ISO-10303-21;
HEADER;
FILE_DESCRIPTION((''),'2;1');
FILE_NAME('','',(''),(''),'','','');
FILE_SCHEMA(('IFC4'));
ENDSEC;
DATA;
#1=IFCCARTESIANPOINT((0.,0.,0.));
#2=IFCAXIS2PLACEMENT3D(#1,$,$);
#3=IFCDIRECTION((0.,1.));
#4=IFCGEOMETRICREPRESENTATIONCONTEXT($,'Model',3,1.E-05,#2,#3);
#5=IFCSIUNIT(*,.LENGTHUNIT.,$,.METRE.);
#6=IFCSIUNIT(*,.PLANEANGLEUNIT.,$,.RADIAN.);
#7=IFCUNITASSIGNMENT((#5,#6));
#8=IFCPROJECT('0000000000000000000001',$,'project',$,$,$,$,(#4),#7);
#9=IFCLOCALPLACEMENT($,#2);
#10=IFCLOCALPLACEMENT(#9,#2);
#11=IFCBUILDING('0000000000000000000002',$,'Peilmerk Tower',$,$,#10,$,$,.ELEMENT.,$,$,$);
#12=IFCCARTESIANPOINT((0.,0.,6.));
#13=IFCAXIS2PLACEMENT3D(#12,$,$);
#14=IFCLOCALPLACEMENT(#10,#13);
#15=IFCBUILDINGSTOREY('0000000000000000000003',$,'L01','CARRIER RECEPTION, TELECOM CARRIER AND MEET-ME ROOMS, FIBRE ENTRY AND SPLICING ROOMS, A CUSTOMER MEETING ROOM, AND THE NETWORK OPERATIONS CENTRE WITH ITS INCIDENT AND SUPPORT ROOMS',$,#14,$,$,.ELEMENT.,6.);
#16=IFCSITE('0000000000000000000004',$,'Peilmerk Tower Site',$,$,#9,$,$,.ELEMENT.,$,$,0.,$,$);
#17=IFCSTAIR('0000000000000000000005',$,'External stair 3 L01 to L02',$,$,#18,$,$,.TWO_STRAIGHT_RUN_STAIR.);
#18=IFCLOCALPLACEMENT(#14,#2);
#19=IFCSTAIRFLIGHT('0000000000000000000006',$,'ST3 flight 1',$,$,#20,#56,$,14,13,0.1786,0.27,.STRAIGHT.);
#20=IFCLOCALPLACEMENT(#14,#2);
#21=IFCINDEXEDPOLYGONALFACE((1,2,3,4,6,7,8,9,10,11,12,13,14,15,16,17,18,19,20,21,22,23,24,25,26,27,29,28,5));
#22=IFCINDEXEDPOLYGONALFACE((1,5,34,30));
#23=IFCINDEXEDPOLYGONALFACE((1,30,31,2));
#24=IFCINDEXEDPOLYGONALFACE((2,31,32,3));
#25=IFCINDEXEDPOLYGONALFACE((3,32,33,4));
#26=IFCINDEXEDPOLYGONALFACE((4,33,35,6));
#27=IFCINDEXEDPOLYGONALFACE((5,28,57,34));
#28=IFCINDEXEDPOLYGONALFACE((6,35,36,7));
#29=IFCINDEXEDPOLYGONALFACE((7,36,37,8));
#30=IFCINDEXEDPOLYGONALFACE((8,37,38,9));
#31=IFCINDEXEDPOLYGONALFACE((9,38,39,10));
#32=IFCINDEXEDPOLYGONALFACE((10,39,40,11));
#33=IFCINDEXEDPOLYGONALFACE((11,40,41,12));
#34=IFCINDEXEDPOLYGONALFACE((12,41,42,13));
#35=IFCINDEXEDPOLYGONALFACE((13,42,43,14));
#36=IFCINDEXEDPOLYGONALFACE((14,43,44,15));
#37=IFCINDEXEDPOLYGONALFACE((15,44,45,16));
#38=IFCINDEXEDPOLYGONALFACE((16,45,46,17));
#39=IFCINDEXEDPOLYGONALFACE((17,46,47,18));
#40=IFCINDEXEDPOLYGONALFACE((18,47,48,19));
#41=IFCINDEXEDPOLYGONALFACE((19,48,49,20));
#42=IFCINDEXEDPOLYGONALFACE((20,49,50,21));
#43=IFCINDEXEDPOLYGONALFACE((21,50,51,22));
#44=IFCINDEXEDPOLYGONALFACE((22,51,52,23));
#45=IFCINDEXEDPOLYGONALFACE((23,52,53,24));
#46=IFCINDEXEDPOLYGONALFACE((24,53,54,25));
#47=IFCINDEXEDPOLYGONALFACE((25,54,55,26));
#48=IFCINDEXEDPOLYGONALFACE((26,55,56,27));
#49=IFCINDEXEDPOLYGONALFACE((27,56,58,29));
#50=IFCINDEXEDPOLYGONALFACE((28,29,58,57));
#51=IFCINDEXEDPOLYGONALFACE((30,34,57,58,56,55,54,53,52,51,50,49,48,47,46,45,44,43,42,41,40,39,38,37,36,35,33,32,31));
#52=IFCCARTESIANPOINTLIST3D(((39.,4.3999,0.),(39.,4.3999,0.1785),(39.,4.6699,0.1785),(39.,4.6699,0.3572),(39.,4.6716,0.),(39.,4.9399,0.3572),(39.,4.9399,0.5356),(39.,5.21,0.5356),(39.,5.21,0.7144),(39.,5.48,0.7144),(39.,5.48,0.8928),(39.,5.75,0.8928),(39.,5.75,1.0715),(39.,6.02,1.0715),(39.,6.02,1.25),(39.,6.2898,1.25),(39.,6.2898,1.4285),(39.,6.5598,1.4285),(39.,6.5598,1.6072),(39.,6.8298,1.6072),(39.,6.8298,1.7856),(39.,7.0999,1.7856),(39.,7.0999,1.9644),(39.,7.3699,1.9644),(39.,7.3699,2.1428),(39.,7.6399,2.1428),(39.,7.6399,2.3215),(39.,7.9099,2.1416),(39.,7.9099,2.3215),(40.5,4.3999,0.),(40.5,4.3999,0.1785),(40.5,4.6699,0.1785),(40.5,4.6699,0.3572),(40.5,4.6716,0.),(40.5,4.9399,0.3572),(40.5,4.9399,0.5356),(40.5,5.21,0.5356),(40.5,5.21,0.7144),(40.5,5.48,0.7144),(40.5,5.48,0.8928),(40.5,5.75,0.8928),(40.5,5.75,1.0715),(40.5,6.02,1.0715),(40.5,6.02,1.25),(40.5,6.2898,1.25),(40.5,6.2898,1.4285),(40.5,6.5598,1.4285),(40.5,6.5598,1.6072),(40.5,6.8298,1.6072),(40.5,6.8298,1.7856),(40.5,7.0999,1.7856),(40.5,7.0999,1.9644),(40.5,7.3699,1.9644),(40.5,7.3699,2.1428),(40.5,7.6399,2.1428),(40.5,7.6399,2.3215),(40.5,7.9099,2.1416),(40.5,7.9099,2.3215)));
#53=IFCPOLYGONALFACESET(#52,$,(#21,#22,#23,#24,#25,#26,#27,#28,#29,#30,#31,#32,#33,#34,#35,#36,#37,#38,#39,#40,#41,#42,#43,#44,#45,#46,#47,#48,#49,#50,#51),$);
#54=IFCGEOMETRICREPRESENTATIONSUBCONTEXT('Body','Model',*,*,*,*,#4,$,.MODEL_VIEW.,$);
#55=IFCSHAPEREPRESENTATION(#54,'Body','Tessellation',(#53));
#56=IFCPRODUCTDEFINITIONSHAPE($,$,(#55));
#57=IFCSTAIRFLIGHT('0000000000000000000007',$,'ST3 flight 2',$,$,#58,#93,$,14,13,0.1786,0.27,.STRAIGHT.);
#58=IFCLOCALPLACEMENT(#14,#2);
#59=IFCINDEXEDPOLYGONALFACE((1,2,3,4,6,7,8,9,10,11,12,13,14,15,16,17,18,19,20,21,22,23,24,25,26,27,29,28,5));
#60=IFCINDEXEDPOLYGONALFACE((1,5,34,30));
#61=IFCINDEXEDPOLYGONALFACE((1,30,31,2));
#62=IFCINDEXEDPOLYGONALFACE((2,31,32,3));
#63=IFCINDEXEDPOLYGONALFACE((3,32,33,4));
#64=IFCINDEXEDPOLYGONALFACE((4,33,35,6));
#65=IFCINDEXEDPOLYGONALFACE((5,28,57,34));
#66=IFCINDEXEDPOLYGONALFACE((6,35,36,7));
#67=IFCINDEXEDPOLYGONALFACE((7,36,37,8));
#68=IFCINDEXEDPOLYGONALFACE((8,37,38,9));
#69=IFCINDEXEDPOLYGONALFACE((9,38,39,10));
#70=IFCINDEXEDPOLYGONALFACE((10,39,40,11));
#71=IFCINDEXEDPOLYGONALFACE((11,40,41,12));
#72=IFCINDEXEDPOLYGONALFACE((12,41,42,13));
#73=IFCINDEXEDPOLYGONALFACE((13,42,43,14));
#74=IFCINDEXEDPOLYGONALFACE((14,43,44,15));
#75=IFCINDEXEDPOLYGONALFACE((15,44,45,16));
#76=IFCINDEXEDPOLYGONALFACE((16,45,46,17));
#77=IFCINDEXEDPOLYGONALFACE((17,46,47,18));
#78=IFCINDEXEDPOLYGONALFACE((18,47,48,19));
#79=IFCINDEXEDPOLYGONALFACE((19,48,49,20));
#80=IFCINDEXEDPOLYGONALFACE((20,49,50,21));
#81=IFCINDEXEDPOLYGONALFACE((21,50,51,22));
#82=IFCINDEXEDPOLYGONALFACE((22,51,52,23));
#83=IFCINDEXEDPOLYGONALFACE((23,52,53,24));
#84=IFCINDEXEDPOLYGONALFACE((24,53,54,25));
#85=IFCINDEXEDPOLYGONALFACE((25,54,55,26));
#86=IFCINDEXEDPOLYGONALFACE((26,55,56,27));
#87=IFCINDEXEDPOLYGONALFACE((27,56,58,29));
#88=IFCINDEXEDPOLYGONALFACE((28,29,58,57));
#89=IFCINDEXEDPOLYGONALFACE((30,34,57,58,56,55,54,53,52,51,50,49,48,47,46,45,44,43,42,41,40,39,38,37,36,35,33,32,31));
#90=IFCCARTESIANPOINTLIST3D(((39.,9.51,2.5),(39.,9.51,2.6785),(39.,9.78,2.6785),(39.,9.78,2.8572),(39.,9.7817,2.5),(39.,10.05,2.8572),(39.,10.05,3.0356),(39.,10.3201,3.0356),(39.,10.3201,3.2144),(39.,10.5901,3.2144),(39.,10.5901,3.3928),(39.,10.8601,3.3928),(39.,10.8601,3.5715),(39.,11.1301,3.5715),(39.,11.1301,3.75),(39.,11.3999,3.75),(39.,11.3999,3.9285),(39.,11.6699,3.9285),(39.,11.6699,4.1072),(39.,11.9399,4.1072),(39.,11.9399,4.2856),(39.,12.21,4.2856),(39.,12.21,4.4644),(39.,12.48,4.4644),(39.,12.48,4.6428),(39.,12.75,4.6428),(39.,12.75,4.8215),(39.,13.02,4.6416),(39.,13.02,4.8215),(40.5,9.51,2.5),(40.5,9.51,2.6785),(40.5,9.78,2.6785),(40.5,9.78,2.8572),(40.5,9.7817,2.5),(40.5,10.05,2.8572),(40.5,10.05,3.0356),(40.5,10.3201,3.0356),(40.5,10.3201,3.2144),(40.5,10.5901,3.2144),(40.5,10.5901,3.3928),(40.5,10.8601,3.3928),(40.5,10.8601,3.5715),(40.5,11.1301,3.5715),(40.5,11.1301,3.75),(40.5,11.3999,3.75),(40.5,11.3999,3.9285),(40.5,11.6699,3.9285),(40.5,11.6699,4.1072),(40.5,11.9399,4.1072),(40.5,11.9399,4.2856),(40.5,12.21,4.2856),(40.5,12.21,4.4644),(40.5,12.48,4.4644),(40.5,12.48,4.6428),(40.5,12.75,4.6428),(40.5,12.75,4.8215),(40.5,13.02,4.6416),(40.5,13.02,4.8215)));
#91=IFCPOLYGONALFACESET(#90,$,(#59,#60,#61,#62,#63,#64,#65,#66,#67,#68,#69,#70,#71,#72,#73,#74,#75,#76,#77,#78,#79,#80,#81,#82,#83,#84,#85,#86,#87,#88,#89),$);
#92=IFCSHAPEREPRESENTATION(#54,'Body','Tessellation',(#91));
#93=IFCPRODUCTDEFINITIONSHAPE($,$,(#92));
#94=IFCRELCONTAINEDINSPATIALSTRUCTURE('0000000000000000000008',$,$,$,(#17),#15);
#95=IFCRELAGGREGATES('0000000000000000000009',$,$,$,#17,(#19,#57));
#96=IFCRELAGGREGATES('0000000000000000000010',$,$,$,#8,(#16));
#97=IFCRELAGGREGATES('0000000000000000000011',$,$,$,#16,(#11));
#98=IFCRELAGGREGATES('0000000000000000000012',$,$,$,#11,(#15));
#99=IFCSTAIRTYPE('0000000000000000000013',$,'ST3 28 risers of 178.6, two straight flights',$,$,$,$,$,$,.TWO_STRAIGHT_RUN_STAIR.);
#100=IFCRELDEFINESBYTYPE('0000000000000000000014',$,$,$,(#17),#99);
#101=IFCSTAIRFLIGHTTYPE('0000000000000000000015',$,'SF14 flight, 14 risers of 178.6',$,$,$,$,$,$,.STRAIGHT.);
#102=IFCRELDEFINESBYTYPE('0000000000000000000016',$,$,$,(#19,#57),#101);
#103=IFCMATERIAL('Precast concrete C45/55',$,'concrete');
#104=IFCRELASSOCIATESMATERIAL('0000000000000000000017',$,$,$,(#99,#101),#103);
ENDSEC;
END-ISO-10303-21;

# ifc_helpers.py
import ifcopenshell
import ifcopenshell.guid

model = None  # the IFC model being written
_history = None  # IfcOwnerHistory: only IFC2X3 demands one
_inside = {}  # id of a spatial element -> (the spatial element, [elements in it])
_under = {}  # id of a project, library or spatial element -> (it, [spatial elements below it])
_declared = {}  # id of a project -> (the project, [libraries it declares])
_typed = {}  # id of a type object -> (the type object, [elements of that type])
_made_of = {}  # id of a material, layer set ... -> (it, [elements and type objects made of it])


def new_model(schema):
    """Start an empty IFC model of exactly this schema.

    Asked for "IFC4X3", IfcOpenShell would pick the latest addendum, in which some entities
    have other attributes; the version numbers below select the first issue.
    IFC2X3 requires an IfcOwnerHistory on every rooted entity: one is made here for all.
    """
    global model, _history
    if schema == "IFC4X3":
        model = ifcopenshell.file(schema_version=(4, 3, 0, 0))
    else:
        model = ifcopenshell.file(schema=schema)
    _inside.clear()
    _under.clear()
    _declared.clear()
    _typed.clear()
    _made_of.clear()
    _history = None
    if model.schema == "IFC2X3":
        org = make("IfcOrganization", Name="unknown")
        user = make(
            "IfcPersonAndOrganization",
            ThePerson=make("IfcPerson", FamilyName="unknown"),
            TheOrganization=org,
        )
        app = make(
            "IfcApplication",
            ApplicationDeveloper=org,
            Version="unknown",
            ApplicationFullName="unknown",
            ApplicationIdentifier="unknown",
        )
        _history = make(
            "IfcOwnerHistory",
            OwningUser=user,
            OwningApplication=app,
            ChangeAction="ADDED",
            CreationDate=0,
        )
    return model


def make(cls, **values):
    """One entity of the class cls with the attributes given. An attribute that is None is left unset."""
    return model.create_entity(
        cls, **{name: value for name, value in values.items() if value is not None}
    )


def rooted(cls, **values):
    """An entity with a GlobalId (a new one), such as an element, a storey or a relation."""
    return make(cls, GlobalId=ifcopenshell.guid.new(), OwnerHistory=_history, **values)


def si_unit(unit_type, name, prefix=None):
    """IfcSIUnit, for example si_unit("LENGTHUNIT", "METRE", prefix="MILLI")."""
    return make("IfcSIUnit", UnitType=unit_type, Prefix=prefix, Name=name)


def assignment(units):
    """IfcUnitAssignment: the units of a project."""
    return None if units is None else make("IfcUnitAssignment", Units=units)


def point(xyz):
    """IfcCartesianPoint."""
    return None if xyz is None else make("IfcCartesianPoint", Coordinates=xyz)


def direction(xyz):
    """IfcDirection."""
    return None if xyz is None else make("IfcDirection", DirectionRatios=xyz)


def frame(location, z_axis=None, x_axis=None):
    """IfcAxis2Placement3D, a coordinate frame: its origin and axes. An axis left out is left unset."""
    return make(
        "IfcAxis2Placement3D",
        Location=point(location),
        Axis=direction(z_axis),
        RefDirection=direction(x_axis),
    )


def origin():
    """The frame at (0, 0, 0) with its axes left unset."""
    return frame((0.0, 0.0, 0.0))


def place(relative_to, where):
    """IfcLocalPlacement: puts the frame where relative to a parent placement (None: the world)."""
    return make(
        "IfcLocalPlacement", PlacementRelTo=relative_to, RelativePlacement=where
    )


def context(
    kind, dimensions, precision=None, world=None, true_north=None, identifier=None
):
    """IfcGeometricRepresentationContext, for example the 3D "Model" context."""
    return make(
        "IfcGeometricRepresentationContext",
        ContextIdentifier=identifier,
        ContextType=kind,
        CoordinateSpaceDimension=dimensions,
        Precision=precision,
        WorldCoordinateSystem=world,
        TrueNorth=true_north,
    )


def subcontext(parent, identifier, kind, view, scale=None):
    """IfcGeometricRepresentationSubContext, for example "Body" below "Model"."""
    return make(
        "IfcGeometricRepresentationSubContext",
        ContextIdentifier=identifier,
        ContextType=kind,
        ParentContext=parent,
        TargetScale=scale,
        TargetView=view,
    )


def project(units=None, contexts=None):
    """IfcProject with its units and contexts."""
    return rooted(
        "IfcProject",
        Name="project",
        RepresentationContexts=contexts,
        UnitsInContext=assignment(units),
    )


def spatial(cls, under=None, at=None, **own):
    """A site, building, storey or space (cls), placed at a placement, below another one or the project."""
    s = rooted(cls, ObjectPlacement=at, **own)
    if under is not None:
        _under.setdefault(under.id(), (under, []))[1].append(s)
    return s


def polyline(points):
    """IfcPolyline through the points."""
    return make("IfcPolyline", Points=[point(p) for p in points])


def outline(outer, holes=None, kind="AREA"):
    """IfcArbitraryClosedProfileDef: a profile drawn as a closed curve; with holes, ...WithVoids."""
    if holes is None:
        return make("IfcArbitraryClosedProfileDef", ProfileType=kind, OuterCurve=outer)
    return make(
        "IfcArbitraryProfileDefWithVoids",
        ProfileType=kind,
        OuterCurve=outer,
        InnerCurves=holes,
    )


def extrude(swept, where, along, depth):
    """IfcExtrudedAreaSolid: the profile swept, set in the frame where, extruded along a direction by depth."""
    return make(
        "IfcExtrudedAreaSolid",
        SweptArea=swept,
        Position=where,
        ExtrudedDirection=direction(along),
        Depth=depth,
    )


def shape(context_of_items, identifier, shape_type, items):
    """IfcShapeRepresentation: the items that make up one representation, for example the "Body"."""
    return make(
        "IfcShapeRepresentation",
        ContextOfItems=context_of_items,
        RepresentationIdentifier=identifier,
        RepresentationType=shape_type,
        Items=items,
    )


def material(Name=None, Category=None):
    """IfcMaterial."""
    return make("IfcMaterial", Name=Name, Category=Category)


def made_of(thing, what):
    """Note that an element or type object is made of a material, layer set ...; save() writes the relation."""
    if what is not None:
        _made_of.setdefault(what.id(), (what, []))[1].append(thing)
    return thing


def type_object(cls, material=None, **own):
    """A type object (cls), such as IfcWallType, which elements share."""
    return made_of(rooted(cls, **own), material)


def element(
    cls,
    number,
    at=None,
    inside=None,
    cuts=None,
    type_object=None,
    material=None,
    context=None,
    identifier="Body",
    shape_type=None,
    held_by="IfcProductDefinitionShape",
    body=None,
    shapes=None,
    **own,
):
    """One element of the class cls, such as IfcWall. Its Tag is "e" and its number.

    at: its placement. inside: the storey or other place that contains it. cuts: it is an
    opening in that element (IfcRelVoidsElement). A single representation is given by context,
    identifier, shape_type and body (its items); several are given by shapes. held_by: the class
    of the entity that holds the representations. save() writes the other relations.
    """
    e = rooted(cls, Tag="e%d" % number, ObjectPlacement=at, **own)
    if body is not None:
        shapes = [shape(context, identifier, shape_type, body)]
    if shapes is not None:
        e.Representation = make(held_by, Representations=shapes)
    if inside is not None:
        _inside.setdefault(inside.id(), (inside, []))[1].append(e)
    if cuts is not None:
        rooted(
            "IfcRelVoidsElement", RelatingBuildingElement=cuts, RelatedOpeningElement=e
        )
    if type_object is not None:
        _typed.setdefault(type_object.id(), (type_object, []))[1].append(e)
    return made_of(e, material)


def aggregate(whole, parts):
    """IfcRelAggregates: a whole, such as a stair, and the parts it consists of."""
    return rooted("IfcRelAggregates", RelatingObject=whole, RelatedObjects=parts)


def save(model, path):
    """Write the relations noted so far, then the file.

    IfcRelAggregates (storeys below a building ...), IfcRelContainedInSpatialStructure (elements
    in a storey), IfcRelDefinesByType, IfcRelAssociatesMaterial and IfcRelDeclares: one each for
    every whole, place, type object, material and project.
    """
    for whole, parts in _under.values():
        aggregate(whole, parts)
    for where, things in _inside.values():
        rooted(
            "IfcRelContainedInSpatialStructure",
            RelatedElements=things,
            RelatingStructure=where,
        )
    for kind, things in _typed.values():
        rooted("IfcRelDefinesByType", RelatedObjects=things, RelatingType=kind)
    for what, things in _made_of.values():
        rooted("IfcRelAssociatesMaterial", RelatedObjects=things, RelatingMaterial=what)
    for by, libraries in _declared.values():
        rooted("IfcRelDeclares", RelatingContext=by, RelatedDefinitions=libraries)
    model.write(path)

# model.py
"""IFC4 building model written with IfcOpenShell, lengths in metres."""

from ifc_helpers import new_model, si_unit, direction, frame, origin, place, context, subcontext, project, spatial, polyline, outline, extrude, material, type_object, element, aggregate, save


model = new_model("IFC4")

# Units and contexts
model_context = context("Model", 3, precision=1e-05, world=origin(), true_north=direction((0.0, 1.0)))
body_context = subcontext(model_context, "Body", "Model", "MODEL_VIEW")
ifc_project = project(units=[si_unit("LENGTHUNIT", "METRE"), si_unit("PLANEANGLEUNIT", "RADIAN")], contexts=[model_context])

# Site, building, storey
site_placement = place(None, origin())
site = spatial("IfcSite", under=ifc_project, at=site_placement, Name="Peilmerk Tower Site", CompositionType="ELEMENT", RefElevation=0.0)
building_placement = place(site_placement, origin())
building = spatial("IfcBuilding", under=site, at=building_placement, Name="Peilmerk Tower", CompositionType="ELEMENT")
storey_placement = place(building_placement, frame((0.0, 0.0, 6.0)))
storey = spatial("IfcBuildingStorey", under=building, at=storey_placement, Name="L01", Description="CARRIER RECEPTION, TELECOM CARRIER AND MEET-ME ROOMS, FIBRE ENTRY AND SPLICING ROOMS, A CUSTOMER MEETING ROOM, AND THE NETWORK OPERATIONS CENTRE WITH ITS INCIDENT AND SUPPORT ROOMS", CompositionType="ELEMENT", Elevation=6.0)

# Stair, stair flights
ifc_material_1 = material(Name="Precast concrete C45/55", Category="concrete")
stair_type = type_object("IfcStairType", Name="ST3 28 risers of 178.6, two straight flights", PredefinedType="TWO_STRAIGHT_RUN_STAIR", material=ifc_material_1)
stair_placement = place(storey_placement, origin())
stair = element("IfcStair", 1, at=stair_placement, inside=storey, type_object=stair_type, Name="External stair 3 L01 to L02", PredefinedType="TWO_STRAIGHT_RUN_STAIR")
stair_flight_type = type_object("IfcStairFlightType", Name="SF14 flight, 14 risers of 178.6", PredefinedType="STRAIGHT", material=ifc_material_1)
stair_flight_1_placement = place(storey_placement, frame((39.75, 4.3999, 0.0), z_axis=(0.0, 0.0, 1.0), x_axis=(0.0, 1.0, 0.0)))
stair_flight_1 = element("IfcStairFlight", 2, at=stair_flight_1_placement, type_object=stair_flight_type, Name="ST3 flight 1", NumberOfRisers=14, NumberOfTreads=13, PredefinedType="STRAIGHT", RiserHeight=0.1786, TreadLength=0.27, context=body_context, shape_type="SweptSolid", body=[
    extrude(outline(polyline([(0.0, 0.0), (0.0, 0.1785), (0.27, 0.1785), (0.27, 0.3572), (0.54, 0.3572), (0.54, 0.5356), (0.8101, 0.5356), (0.8101, 0.7144), (1.0801, 0.7144), (1.0801, 0.8928), (1.3501, 0.8928), (1.3501, 1.0715), (1.6201, 1.0715), (1.6201, 1.25), (1.8899, 1.25), (1.8899, 1.4285), (2.1599, 1.4285), (2.1599, 1.6072), (2.4299, 1.6072), (2.4299, 1.7856), (2.7, 1.7856), (2.7, 1.9644), (2.97, 1.9644), (2.97, 2.1428), (3.24, 2.1428), (3.24, 2.3215), (3.51, 2.3215), (3.51, 2.5), (3.51, 2.1416), (0.2717, 0.0), (0.0, 0.0)])), frame((0.0, 0.75, 0.0), z_axis=(0.0, -1.0, 0.0), x_axis=(1.0, 0.0, 0.0)), (0.0, 0.0, 1.0), 1.5),
])
stair_flight_2_placement = place(storey_placement, frame((39.75, 9.51, 2.5), z_axis=(0.0, 0.0, 1.0), x_axis=(0.0, 1.0, 0.0)))
stair_flight_2 = element("IfcStairFlight", 3, at=stair_flight_2_placement, type_object=stair_flight_type, Name="ST3 flight 2", NumberOfRisers=14, NumberOfTreads=13, PredefinedType="STRAIGHT", RiserHeight=0.1786, TreadLength=0.27, context=body_context, shape_type="SweptSolid", body=[
    extrude(outline(polyline([(0.0, 0.0), (0.0, 0.1785), (0.27, 0.1785), (0.27, 0.3572), (0.54, 0.3572), (0.54, 0.5356), (0.8101, 0.5356), (0.8101, 0.7144), (1.0801, 0.7144), (1.0801, 0.8928), (1.3501, 0.8928), (1.3501, 1.0715), (1.6201, 1.0715), (1.6201, 1.25), (1.8899, 1.25), (1.8899, 1.4285), (2.1599, 1.4285), (2.1599, 1.6072), (2.4299, 1.6072), (2.4299, 1.7856), (2.7, 1.7856), (2.7, 1.9644), (2.97, 1.9644), (2.97, 2.1428), (3.24, 2.1428), (3.24, 2.3215), (3.51, 2.3215), (3.51, 2.5), (3.51, 2.1416), (0.2717, 0.0), (0.0, 0.0)])), frame((0.0, 0.75, 0.0), z_axis=(0.0, -1.0, 0.0), x_axis=(1.0, 0.0, 0.0)), (0.0, 0.0, 1.0), 1.5),
])
aggregate(stair, [stair_flight_1, stair_flight_2])

save(model, "model.ifc")
